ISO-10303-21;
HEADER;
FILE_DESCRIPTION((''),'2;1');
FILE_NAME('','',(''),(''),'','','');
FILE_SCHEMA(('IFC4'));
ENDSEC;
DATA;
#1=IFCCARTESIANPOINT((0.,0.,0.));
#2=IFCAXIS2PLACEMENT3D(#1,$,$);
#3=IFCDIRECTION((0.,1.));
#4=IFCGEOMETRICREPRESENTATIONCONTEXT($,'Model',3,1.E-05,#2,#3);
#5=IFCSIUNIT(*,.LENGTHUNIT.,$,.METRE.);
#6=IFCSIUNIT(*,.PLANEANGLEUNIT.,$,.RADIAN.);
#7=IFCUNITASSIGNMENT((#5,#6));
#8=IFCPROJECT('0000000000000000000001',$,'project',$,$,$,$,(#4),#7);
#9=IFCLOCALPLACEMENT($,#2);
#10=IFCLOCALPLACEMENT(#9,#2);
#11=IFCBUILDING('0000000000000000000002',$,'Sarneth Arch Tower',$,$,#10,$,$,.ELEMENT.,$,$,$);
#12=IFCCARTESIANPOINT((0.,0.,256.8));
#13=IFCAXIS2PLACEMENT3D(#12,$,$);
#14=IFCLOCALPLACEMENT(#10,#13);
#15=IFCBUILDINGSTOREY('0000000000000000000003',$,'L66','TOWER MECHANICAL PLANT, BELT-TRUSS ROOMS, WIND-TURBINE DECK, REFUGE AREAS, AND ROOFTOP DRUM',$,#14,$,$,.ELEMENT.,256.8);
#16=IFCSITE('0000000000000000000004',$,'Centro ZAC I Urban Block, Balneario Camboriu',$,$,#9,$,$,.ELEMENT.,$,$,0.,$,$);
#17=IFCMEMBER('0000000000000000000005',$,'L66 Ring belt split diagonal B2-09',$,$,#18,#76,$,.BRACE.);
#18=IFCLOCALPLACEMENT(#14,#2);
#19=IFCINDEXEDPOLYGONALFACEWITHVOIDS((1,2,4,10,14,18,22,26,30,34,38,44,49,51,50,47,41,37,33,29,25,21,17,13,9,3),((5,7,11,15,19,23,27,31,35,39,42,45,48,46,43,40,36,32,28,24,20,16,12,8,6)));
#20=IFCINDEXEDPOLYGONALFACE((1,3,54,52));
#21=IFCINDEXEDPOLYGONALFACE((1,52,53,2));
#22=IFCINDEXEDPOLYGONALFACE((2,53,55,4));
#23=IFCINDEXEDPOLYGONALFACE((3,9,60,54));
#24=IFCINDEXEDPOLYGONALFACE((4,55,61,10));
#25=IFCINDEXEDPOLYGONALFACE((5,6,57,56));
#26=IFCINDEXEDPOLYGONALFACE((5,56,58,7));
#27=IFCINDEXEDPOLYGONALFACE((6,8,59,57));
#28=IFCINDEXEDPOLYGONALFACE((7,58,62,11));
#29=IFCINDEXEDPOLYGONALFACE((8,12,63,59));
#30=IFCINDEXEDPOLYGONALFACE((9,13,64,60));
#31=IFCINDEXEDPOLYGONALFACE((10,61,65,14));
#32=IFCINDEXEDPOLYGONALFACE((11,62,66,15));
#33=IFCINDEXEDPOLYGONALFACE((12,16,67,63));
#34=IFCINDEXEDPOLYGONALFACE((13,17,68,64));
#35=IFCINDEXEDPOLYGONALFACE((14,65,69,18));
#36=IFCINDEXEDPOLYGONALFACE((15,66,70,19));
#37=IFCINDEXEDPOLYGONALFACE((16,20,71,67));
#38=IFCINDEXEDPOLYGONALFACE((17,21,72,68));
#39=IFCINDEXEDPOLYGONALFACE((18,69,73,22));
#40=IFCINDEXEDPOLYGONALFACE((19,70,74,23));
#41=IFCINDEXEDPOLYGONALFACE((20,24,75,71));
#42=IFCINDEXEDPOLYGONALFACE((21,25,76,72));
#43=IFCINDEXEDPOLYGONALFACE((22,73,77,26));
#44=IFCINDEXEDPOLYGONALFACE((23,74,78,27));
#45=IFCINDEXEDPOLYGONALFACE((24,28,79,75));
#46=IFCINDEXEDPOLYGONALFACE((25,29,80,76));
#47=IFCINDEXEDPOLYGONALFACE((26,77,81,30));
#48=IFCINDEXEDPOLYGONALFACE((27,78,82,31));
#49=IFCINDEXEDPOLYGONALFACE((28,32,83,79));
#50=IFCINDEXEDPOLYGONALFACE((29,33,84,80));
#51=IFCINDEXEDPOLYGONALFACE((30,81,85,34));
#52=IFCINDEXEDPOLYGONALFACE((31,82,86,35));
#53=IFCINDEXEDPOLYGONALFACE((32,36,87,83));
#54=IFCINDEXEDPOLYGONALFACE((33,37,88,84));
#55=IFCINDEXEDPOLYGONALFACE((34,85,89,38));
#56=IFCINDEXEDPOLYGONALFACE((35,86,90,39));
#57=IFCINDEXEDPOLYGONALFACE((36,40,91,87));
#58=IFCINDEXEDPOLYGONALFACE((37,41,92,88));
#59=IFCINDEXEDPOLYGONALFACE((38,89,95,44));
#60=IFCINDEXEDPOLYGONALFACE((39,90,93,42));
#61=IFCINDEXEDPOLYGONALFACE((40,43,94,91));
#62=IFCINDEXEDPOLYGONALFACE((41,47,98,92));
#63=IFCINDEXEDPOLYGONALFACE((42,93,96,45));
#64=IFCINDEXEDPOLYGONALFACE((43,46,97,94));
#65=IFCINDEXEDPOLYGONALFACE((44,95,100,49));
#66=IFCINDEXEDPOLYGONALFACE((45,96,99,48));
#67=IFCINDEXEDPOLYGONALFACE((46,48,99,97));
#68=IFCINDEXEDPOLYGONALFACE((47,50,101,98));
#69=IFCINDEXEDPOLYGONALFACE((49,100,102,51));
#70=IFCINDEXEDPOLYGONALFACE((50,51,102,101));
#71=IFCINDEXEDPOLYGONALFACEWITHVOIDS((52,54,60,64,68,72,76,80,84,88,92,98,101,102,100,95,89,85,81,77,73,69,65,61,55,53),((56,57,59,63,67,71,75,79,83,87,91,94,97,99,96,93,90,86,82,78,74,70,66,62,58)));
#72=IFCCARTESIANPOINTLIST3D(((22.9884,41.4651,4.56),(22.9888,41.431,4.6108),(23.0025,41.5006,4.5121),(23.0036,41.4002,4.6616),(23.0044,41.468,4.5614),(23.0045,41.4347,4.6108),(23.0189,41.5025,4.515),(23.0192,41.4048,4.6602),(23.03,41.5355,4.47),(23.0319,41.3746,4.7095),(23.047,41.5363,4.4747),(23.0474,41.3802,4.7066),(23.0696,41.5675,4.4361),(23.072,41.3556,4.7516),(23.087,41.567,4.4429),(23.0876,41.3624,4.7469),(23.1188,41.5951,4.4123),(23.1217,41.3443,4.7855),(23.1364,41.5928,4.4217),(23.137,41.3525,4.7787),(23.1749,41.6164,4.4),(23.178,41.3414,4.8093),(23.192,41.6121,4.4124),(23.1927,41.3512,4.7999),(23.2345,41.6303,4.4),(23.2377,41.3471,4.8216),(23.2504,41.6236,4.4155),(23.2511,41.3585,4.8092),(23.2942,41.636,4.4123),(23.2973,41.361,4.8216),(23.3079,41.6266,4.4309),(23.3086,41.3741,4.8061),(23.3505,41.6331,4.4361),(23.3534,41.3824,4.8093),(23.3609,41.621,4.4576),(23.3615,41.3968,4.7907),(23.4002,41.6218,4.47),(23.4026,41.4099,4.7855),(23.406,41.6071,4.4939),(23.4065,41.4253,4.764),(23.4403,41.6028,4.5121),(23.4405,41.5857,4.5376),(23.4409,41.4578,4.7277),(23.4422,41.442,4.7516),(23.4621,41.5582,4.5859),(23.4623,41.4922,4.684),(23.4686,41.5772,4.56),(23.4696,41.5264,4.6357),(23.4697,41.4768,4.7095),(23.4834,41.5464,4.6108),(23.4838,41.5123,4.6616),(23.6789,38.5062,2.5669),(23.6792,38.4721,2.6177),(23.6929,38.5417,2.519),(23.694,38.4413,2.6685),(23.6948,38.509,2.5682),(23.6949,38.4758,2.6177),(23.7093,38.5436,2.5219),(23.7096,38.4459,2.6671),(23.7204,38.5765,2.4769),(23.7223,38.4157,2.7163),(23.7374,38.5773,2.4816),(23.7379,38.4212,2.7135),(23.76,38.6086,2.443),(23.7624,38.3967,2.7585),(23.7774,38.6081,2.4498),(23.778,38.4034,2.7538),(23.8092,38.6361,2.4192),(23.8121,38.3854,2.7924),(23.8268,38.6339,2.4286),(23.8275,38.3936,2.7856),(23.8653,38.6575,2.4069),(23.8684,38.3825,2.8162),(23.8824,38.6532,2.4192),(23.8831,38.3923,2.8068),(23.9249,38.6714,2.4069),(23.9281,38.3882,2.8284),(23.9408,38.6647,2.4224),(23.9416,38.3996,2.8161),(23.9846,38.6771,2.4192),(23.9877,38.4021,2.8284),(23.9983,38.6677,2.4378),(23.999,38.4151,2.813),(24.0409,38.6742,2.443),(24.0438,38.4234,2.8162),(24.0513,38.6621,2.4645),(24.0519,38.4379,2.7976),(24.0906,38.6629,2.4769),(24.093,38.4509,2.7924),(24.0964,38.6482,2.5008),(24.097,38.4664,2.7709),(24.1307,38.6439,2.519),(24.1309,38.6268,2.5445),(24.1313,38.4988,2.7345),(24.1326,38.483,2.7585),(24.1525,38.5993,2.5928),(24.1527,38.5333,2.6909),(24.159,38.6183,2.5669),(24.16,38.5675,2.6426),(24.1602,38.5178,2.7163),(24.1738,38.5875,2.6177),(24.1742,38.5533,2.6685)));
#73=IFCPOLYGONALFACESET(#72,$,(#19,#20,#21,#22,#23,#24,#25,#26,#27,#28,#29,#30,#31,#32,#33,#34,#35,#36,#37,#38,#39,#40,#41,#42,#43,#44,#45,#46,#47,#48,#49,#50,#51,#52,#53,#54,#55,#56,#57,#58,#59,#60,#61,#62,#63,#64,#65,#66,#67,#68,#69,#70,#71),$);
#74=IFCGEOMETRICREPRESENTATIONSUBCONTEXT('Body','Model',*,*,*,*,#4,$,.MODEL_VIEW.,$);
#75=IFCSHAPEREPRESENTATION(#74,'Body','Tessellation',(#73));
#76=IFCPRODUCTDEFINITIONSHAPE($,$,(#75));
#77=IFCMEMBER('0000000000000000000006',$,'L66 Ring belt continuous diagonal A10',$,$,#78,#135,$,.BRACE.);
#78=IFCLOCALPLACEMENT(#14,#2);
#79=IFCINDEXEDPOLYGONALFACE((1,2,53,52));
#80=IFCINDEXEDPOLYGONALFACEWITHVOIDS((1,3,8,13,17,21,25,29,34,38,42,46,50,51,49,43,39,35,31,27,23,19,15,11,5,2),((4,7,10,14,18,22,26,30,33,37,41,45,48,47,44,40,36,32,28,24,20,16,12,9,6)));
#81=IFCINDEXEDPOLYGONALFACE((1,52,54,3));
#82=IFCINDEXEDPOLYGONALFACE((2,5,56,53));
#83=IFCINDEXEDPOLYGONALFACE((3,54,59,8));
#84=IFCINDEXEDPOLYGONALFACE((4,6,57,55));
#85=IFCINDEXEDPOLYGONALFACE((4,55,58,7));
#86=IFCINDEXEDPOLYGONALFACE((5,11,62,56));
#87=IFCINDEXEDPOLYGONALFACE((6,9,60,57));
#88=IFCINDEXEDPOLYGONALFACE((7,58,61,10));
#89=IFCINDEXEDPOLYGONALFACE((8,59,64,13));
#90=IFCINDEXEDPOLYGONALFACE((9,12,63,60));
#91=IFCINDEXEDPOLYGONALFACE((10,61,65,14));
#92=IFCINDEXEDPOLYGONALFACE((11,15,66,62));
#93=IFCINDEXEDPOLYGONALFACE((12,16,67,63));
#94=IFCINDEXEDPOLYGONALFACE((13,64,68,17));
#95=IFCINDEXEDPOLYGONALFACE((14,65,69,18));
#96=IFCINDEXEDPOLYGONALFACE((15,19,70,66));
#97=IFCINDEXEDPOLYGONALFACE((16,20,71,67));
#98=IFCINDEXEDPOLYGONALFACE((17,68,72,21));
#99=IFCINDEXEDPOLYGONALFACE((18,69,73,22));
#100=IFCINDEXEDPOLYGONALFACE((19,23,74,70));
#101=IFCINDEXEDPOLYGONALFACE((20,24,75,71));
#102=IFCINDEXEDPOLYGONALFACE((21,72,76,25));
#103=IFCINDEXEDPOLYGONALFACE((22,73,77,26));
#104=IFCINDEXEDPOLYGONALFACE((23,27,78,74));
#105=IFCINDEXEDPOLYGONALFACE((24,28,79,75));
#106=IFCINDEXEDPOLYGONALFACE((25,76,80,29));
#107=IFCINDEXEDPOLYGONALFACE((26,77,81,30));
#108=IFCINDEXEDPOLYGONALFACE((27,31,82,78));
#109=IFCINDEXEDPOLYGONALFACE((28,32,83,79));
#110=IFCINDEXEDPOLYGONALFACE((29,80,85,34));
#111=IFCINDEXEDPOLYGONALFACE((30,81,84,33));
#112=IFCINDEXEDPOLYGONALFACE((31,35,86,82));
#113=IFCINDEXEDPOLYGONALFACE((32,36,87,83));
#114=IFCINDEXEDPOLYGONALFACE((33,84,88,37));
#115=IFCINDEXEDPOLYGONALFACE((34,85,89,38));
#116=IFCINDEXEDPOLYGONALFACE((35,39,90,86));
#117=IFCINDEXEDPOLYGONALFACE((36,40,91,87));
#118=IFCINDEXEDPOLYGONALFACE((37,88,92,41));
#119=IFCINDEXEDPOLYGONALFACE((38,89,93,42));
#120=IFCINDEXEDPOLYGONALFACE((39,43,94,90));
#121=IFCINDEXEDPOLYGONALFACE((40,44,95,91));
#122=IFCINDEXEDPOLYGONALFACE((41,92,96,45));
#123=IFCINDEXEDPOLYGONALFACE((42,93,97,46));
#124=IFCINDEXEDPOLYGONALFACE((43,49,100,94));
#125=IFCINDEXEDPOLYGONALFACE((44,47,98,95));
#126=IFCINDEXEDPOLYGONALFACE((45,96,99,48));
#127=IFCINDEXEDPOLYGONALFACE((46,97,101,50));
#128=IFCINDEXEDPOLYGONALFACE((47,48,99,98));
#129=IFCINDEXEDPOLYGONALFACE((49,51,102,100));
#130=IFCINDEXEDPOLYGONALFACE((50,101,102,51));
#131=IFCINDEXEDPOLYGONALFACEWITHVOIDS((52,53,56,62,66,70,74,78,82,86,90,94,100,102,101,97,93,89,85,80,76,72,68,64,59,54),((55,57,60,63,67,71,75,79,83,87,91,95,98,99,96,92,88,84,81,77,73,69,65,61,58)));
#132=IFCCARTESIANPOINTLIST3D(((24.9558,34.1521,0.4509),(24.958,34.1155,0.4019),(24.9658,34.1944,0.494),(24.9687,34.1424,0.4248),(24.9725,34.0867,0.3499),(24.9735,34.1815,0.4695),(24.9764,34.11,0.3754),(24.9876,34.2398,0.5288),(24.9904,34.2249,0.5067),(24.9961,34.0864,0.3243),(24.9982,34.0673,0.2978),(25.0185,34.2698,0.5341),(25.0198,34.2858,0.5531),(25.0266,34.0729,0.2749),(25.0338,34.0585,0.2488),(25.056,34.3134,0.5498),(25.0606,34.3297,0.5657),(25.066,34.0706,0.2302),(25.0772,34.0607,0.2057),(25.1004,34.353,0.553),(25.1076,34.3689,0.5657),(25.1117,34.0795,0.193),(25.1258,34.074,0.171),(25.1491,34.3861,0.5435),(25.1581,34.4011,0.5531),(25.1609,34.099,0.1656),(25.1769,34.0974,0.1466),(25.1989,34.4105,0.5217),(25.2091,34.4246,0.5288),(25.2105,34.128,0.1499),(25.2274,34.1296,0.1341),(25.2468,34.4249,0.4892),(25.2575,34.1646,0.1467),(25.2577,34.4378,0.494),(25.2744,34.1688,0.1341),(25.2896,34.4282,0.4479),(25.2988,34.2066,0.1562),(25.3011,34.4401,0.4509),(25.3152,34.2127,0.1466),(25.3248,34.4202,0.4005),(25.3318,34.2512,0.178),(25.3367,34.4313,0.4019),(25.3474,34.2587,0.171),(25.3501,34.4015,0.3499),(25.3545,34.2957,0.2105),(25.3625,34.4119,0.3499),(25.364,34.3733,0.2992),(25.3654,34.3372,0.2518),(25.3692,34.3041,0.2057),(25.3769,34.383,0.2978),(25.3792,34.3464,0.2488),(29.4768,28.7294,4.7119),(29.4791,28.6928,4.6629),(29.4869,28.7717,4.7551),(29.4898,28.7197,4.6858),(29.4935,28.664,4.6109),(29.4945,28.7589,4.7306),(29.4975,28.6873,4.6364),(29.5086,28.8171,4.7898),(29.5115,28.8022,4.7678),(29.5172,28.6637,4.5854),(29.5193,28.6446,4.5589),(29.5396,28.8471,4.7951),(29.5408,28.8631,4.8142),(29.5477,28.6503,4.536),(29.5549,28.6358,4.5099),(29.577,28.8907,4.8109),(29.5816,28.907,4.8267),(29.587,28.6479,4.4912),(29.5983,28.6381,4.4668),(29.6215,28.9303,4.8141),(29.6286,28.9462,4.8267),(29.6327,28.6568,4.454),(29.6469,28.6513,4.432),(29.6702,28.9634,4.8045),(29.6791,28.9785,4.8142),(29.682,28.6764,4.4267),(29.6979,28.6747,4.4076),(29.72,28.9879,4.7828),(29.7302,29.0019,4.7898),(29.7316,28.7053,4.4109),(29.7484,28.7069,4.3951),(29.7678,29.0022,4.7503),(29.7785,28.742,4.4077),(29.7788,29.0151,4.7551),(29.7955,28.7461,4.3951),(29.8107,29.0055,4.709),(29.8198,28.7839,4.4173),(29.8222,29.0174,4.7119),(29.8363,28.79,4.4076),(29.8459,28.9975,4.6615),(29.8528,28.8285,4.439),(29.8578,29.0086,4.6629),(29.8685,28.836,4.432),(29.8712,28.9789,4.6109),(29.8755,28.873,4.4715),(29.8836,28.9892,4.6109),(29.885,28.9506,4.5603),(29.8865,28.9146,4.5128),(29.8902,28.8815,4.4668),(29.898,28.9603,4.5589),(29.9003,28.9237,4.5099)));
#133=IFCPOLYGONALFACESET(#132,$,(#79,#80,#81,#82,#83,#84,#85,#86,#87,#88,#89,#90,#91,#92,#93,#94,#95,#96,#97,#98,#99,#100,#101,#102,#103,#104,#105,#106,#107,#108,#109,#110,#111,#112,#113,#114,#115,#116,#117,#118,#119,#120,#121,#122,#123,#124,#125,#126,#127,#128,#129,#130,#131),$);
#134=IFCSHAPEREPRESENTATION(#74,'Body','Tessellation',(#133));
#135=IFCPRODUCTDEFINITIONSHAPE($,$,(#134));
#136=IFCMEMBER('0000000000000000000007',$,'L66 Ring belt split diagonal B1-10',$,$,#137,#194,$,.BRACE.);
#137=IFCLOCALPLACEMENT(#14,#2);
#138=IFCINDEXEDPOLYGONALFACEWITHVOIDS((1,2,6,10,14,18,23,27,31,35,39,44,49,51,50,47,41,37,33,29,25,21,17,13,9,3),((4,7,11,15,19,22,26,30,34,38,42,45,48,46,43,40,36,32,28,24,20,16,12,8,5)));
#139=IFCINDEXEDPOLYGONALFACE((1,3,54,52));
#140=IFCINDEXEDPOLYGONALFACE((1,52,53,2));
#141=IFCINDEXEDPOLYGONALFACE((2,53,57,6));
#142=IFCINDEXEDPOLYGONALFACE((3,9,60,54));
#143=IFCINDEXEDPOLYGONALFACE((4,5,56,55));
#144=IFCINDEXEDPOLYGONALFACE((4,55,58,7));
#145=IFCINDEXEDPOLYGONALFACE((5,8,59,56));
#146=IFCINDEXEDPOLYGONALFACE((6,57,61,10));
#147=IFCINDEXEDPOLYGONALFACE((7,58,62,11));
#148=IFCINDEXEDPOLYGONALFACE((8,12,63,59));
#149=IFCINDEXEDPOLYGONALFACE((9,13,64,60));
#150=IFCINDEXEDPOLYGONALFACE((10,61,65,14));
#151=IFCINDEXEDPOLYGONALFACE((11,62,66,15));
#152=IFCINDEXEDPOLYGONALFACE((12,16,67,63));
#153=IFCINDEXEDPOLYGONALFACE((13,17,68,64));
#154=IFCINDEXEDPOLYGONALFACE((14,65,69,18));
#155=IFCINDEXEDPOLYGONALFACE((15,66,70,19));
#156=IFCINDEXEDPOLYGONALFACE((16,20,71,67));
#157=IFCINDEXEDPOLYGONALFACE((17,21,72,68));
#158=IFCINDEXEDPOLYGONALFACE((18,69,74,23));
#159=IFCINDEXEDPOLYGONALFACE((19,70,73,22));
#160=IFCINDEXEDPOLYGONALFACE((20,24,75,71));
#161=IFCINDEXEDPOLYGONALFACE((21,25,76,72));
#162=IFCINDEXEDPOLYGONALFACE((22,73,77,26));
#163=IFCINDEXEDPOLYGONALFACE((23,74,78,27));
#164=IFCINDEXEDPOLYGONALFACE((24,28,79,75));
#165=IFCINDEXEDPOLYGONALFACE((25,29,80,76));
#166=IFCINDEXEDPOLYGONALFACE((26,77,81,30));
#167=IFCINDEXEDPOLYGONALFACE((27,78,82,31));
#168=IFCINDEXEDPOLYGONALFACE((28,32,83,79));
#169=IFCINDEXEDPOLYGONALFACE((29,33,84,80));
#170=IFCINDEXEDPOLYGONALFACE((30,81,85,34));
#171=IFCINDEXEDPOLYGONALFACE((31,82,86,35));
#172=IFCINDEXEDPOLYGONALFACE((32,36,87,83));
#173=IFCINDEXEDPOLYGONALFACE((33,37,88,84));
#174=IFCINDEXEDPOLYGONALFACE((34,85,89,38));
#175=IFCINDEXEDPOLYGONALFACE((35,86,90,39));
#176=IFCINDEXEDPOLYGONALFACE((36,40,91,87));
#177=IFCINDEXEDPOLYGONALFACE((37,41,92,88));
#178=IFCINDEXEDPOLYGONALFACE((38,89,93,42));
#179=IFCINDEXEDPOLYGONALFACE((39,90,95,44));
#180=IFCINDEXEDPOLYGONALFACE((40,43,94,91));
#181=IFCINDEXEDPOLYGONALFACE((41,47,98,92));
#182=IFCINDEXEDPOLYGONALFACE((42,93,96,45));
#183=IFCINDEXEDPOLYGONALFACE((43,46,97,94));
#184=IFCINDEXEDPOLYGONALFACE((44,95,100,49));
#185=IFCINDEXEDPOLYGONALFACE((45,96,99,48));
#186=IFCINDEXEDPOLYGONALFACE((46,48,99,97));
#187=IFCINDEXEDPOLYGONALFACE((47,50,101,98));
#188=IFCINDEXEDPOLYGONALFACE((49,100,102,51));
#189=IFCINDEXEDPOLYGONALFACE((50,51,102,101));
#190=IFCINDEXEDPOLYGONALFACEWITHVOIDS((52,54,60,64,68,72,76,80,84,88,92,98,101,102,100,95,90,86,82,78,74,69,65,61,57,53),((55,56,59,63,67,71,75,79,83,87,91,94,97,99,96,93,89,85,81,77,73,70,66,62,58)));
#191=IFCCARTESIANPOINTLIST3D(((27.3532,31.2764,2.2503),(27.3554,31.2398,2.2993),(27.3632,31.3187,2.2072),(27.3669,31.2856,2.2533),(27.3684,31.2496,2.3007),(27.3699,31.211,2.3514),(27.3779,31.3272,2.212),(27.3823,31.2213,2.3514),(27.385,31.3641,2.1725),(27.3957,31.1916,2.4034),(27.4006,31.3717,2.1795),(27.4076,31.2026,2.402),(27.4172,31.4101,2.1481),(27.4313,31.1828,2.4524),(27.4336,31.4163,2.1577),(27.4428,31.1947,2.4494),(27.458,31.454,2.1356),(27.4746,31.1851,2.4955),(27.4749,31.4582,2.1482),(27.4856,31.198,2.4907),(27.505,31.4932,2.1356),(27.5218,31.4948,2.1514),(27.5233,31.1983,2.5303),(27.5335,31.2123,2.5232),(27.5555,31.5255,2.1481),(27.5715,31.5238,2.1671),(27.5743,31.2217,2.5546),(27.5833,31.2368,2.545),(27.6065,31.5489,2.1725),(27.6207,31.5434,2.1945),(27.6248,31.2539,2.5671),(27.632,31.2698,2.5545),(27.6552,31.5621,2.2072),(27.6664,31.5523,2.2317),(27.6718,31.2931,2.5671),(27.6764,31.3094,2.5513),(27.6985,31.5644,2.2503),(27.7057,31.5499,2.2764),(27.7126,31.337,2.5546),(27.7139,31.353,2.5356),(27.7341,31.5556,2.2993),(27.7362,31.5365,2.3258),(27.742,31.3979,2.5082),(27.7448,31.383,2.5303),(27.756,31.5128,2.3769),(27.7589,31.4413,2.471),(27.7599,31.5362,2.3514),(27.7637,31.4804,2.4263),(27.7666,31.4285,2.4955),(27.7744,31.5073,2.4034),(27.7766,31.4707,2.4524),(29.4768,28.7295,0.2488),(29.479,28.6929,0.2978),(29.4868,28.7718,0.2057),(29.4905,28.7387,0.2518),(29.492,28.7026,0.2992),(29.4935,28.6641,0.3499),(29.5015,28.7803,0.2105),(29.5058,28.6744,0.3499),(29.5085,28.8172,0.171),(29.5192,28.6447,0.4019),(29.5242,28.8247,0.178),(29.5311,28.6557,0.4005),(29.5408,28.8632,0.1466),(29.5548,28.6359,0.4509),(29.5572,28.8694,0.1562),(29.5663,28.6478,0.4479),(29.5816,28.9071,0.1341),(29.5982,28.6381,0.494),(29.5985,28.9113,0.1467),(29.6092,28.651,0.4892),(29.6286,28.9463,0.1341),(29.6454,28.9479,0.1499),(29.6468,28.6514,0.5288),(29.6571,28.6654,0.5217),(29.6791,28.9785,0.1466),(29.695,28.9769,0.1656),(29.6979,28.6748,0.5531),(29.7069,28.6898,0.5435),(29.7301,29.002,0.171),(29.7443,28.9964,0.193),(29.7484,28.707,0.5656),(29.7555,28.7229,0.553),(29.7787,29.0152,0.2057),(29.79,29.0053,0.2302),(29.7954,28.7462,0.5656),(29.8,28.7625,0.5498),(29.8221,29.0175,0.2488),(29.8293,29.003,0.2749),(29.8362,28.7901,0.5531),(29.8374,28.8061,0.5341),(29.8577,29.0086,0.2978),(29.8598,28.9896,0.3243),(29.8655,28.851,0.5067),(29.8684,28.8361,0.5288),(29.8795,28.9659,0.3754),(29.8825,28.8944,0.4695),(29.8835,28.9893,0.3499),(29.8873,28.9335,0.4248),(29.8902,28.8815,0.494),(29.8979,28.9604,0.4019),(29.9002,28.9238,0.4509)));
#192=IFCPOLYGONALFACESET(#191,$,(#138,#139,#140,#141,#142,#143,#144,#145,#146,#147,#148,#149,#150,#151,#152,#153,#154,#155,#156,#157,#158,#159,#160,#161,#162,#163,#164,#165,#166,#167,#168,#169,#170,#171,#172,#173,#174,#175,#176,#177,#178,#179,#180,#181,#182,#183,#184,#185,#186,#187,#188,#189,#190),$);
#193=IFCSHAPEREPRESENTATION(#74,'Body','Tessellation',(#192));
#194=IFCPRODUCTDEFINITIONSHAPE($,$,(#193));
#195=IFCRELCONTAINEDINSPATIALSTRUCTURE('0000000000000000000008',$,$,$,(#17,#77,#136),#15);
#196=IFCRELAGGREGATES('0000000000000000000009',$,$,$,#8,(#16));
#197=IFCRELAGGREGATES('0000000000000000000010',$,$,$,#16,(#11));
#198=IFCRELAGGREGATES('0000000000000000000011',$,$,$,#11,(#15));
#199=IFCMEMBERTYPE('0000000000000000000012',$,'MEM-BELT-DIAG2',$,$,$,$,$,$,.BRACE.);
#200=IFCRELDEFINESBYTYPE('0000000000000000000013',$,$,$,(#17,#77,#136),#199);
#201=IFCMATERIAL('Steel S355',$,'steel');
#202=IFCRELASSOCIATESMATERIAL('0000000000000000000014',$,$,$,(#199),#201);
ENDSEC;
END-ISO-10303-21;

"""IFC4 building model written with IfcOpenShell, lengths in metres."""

from ifc_helpers import new_model, si_unit, direction, frame, origin, origin_2d, place, context, subcontext, project, spatial, hollow_circle, extrude, material, material_profile, profile_set, type_object, element, save


model = new_model("IFC4")

# Units and contexts
model_context = context("Model", 3, precision=1e-05, world=origin(), true_north=direction((0.0, 1.0)))
body_context = subcontext(model_context, "Body", "Model", "MODEL_VIEW")
ifc_project = project(units=[si_unit("LENGTHUNIT", "METRE"), si_unit("PLANEANGLEUNIT", "RADIAN")], contexts=[model_context])

# Site, building, storey
site_placement = place(None, origin())
site = spatial("IfcSite", under=ifc_project, at=site_placement, Name="Centro ZAC I Urban Block, Balneario Camboriu", CompositionType="ELEMENT", RefElevation=0.0)
building_placement = place(site_placement, origin())
building = spatial("IfcBuilding", under=site, at=building_placement, Name="Sarneth Arch Tower", CompositionType="ELEMENT")
storey_placement = place(building_placement, frame((0.0, 0.0, 256.8)))
storey = spatial("IfcBuildingStorey", under=building, at=storey_placement, Name="L66", Description="TOWER MECHANICAL PLANT, BELT-TRUSS ROOMS, WIND-TURBINE DECK, REFUGE AREAS, AND ROOFTOP DRUM", CompositionType="ELEMENT", Elevation=256.8)

# Members
ifc_material_1 = material(Name="Steel S355", Category="steel")
ifc_material_profile_1 = material_profile(ifc_material_1, hollow_circle(Radius=0.2539, WallThickness=0.0161, at=origin_2d()), Name="CHS508x16")
ifc_profile_set_1 = profile_set([ifc_material_profile_1], Name="Steel S355")
member_type_1 = type_object("IfcMemberType", Name="MEM-BELT-DIAG2", PredefinedType="BRACE", material=ifc_profile_set_1)
for number, where, z_axis, x_axis, name in (
    (1, (23.9265, 38.5298, 2.6177), (-0.189999, 0.81428, 0.548497), (-0.973841, -0.22723, 0.0), "L66 Ring belt split diagonal B2-09"),
):
    element("IfcMember", number, at=place(storey_placement, frame(where, z_axis=z_axis, x_axis=x_axis)), inside=storey, type_object=member_type_1, Name=name, PredefinedType="BRACE", context=body_context, shape_type="SweptSolid", body=[
        extrude(hollow_circle(Radius=0.2539, WallThickness=0.0161, at=origin_2d()), origin(), (0.0, 0.0, 1.0), 3.6338),
    ])
member_1_placement = place(storey_placement, frame((25.1675, 34.2493, 0.3499), z_axis=(0.548251, -0.657587, 0.51672), x_axis=(0.768071, 0.640365, 0.0)))
element("IfcMember", 2, at=member_1_placement, inside=storey, type_object=member_type_1, Name="L66 Ring belt continuous diagonal A10", PredefinedType="BRACE", context=body_context, shape_type="SweptSolid", body=[
    extrude(hollow_circle(Radius=0.2539, WallThickness=0.0161, at=origin_2d()), origin(), (0.0, 0.0, 1.0), 8.2463),
])
member_2_placement = place(storey_placement, frame((29.6885, 28.8267, 0.3499), z_axis=(-0.548261, 0.65756, 0.516744), x_axis=(-0.768052, -0.640387, 0.0)))
element("IfcMember", 3, at=member_2_placement, inside=storey, type_object=member_type_1, Name="L66 Ring belt split diagonal B1-10", PredefinedType="BRACE", context=body_context, shape_type="SweptSolid", body=[
    extrude(hollow_circle(Radius=0.2539, WallThickness=0.0161, at=origin_2d()), origin(), (0.0, 0.0, 1.0), 3.8733),
])

save(model, "model.ifc")
